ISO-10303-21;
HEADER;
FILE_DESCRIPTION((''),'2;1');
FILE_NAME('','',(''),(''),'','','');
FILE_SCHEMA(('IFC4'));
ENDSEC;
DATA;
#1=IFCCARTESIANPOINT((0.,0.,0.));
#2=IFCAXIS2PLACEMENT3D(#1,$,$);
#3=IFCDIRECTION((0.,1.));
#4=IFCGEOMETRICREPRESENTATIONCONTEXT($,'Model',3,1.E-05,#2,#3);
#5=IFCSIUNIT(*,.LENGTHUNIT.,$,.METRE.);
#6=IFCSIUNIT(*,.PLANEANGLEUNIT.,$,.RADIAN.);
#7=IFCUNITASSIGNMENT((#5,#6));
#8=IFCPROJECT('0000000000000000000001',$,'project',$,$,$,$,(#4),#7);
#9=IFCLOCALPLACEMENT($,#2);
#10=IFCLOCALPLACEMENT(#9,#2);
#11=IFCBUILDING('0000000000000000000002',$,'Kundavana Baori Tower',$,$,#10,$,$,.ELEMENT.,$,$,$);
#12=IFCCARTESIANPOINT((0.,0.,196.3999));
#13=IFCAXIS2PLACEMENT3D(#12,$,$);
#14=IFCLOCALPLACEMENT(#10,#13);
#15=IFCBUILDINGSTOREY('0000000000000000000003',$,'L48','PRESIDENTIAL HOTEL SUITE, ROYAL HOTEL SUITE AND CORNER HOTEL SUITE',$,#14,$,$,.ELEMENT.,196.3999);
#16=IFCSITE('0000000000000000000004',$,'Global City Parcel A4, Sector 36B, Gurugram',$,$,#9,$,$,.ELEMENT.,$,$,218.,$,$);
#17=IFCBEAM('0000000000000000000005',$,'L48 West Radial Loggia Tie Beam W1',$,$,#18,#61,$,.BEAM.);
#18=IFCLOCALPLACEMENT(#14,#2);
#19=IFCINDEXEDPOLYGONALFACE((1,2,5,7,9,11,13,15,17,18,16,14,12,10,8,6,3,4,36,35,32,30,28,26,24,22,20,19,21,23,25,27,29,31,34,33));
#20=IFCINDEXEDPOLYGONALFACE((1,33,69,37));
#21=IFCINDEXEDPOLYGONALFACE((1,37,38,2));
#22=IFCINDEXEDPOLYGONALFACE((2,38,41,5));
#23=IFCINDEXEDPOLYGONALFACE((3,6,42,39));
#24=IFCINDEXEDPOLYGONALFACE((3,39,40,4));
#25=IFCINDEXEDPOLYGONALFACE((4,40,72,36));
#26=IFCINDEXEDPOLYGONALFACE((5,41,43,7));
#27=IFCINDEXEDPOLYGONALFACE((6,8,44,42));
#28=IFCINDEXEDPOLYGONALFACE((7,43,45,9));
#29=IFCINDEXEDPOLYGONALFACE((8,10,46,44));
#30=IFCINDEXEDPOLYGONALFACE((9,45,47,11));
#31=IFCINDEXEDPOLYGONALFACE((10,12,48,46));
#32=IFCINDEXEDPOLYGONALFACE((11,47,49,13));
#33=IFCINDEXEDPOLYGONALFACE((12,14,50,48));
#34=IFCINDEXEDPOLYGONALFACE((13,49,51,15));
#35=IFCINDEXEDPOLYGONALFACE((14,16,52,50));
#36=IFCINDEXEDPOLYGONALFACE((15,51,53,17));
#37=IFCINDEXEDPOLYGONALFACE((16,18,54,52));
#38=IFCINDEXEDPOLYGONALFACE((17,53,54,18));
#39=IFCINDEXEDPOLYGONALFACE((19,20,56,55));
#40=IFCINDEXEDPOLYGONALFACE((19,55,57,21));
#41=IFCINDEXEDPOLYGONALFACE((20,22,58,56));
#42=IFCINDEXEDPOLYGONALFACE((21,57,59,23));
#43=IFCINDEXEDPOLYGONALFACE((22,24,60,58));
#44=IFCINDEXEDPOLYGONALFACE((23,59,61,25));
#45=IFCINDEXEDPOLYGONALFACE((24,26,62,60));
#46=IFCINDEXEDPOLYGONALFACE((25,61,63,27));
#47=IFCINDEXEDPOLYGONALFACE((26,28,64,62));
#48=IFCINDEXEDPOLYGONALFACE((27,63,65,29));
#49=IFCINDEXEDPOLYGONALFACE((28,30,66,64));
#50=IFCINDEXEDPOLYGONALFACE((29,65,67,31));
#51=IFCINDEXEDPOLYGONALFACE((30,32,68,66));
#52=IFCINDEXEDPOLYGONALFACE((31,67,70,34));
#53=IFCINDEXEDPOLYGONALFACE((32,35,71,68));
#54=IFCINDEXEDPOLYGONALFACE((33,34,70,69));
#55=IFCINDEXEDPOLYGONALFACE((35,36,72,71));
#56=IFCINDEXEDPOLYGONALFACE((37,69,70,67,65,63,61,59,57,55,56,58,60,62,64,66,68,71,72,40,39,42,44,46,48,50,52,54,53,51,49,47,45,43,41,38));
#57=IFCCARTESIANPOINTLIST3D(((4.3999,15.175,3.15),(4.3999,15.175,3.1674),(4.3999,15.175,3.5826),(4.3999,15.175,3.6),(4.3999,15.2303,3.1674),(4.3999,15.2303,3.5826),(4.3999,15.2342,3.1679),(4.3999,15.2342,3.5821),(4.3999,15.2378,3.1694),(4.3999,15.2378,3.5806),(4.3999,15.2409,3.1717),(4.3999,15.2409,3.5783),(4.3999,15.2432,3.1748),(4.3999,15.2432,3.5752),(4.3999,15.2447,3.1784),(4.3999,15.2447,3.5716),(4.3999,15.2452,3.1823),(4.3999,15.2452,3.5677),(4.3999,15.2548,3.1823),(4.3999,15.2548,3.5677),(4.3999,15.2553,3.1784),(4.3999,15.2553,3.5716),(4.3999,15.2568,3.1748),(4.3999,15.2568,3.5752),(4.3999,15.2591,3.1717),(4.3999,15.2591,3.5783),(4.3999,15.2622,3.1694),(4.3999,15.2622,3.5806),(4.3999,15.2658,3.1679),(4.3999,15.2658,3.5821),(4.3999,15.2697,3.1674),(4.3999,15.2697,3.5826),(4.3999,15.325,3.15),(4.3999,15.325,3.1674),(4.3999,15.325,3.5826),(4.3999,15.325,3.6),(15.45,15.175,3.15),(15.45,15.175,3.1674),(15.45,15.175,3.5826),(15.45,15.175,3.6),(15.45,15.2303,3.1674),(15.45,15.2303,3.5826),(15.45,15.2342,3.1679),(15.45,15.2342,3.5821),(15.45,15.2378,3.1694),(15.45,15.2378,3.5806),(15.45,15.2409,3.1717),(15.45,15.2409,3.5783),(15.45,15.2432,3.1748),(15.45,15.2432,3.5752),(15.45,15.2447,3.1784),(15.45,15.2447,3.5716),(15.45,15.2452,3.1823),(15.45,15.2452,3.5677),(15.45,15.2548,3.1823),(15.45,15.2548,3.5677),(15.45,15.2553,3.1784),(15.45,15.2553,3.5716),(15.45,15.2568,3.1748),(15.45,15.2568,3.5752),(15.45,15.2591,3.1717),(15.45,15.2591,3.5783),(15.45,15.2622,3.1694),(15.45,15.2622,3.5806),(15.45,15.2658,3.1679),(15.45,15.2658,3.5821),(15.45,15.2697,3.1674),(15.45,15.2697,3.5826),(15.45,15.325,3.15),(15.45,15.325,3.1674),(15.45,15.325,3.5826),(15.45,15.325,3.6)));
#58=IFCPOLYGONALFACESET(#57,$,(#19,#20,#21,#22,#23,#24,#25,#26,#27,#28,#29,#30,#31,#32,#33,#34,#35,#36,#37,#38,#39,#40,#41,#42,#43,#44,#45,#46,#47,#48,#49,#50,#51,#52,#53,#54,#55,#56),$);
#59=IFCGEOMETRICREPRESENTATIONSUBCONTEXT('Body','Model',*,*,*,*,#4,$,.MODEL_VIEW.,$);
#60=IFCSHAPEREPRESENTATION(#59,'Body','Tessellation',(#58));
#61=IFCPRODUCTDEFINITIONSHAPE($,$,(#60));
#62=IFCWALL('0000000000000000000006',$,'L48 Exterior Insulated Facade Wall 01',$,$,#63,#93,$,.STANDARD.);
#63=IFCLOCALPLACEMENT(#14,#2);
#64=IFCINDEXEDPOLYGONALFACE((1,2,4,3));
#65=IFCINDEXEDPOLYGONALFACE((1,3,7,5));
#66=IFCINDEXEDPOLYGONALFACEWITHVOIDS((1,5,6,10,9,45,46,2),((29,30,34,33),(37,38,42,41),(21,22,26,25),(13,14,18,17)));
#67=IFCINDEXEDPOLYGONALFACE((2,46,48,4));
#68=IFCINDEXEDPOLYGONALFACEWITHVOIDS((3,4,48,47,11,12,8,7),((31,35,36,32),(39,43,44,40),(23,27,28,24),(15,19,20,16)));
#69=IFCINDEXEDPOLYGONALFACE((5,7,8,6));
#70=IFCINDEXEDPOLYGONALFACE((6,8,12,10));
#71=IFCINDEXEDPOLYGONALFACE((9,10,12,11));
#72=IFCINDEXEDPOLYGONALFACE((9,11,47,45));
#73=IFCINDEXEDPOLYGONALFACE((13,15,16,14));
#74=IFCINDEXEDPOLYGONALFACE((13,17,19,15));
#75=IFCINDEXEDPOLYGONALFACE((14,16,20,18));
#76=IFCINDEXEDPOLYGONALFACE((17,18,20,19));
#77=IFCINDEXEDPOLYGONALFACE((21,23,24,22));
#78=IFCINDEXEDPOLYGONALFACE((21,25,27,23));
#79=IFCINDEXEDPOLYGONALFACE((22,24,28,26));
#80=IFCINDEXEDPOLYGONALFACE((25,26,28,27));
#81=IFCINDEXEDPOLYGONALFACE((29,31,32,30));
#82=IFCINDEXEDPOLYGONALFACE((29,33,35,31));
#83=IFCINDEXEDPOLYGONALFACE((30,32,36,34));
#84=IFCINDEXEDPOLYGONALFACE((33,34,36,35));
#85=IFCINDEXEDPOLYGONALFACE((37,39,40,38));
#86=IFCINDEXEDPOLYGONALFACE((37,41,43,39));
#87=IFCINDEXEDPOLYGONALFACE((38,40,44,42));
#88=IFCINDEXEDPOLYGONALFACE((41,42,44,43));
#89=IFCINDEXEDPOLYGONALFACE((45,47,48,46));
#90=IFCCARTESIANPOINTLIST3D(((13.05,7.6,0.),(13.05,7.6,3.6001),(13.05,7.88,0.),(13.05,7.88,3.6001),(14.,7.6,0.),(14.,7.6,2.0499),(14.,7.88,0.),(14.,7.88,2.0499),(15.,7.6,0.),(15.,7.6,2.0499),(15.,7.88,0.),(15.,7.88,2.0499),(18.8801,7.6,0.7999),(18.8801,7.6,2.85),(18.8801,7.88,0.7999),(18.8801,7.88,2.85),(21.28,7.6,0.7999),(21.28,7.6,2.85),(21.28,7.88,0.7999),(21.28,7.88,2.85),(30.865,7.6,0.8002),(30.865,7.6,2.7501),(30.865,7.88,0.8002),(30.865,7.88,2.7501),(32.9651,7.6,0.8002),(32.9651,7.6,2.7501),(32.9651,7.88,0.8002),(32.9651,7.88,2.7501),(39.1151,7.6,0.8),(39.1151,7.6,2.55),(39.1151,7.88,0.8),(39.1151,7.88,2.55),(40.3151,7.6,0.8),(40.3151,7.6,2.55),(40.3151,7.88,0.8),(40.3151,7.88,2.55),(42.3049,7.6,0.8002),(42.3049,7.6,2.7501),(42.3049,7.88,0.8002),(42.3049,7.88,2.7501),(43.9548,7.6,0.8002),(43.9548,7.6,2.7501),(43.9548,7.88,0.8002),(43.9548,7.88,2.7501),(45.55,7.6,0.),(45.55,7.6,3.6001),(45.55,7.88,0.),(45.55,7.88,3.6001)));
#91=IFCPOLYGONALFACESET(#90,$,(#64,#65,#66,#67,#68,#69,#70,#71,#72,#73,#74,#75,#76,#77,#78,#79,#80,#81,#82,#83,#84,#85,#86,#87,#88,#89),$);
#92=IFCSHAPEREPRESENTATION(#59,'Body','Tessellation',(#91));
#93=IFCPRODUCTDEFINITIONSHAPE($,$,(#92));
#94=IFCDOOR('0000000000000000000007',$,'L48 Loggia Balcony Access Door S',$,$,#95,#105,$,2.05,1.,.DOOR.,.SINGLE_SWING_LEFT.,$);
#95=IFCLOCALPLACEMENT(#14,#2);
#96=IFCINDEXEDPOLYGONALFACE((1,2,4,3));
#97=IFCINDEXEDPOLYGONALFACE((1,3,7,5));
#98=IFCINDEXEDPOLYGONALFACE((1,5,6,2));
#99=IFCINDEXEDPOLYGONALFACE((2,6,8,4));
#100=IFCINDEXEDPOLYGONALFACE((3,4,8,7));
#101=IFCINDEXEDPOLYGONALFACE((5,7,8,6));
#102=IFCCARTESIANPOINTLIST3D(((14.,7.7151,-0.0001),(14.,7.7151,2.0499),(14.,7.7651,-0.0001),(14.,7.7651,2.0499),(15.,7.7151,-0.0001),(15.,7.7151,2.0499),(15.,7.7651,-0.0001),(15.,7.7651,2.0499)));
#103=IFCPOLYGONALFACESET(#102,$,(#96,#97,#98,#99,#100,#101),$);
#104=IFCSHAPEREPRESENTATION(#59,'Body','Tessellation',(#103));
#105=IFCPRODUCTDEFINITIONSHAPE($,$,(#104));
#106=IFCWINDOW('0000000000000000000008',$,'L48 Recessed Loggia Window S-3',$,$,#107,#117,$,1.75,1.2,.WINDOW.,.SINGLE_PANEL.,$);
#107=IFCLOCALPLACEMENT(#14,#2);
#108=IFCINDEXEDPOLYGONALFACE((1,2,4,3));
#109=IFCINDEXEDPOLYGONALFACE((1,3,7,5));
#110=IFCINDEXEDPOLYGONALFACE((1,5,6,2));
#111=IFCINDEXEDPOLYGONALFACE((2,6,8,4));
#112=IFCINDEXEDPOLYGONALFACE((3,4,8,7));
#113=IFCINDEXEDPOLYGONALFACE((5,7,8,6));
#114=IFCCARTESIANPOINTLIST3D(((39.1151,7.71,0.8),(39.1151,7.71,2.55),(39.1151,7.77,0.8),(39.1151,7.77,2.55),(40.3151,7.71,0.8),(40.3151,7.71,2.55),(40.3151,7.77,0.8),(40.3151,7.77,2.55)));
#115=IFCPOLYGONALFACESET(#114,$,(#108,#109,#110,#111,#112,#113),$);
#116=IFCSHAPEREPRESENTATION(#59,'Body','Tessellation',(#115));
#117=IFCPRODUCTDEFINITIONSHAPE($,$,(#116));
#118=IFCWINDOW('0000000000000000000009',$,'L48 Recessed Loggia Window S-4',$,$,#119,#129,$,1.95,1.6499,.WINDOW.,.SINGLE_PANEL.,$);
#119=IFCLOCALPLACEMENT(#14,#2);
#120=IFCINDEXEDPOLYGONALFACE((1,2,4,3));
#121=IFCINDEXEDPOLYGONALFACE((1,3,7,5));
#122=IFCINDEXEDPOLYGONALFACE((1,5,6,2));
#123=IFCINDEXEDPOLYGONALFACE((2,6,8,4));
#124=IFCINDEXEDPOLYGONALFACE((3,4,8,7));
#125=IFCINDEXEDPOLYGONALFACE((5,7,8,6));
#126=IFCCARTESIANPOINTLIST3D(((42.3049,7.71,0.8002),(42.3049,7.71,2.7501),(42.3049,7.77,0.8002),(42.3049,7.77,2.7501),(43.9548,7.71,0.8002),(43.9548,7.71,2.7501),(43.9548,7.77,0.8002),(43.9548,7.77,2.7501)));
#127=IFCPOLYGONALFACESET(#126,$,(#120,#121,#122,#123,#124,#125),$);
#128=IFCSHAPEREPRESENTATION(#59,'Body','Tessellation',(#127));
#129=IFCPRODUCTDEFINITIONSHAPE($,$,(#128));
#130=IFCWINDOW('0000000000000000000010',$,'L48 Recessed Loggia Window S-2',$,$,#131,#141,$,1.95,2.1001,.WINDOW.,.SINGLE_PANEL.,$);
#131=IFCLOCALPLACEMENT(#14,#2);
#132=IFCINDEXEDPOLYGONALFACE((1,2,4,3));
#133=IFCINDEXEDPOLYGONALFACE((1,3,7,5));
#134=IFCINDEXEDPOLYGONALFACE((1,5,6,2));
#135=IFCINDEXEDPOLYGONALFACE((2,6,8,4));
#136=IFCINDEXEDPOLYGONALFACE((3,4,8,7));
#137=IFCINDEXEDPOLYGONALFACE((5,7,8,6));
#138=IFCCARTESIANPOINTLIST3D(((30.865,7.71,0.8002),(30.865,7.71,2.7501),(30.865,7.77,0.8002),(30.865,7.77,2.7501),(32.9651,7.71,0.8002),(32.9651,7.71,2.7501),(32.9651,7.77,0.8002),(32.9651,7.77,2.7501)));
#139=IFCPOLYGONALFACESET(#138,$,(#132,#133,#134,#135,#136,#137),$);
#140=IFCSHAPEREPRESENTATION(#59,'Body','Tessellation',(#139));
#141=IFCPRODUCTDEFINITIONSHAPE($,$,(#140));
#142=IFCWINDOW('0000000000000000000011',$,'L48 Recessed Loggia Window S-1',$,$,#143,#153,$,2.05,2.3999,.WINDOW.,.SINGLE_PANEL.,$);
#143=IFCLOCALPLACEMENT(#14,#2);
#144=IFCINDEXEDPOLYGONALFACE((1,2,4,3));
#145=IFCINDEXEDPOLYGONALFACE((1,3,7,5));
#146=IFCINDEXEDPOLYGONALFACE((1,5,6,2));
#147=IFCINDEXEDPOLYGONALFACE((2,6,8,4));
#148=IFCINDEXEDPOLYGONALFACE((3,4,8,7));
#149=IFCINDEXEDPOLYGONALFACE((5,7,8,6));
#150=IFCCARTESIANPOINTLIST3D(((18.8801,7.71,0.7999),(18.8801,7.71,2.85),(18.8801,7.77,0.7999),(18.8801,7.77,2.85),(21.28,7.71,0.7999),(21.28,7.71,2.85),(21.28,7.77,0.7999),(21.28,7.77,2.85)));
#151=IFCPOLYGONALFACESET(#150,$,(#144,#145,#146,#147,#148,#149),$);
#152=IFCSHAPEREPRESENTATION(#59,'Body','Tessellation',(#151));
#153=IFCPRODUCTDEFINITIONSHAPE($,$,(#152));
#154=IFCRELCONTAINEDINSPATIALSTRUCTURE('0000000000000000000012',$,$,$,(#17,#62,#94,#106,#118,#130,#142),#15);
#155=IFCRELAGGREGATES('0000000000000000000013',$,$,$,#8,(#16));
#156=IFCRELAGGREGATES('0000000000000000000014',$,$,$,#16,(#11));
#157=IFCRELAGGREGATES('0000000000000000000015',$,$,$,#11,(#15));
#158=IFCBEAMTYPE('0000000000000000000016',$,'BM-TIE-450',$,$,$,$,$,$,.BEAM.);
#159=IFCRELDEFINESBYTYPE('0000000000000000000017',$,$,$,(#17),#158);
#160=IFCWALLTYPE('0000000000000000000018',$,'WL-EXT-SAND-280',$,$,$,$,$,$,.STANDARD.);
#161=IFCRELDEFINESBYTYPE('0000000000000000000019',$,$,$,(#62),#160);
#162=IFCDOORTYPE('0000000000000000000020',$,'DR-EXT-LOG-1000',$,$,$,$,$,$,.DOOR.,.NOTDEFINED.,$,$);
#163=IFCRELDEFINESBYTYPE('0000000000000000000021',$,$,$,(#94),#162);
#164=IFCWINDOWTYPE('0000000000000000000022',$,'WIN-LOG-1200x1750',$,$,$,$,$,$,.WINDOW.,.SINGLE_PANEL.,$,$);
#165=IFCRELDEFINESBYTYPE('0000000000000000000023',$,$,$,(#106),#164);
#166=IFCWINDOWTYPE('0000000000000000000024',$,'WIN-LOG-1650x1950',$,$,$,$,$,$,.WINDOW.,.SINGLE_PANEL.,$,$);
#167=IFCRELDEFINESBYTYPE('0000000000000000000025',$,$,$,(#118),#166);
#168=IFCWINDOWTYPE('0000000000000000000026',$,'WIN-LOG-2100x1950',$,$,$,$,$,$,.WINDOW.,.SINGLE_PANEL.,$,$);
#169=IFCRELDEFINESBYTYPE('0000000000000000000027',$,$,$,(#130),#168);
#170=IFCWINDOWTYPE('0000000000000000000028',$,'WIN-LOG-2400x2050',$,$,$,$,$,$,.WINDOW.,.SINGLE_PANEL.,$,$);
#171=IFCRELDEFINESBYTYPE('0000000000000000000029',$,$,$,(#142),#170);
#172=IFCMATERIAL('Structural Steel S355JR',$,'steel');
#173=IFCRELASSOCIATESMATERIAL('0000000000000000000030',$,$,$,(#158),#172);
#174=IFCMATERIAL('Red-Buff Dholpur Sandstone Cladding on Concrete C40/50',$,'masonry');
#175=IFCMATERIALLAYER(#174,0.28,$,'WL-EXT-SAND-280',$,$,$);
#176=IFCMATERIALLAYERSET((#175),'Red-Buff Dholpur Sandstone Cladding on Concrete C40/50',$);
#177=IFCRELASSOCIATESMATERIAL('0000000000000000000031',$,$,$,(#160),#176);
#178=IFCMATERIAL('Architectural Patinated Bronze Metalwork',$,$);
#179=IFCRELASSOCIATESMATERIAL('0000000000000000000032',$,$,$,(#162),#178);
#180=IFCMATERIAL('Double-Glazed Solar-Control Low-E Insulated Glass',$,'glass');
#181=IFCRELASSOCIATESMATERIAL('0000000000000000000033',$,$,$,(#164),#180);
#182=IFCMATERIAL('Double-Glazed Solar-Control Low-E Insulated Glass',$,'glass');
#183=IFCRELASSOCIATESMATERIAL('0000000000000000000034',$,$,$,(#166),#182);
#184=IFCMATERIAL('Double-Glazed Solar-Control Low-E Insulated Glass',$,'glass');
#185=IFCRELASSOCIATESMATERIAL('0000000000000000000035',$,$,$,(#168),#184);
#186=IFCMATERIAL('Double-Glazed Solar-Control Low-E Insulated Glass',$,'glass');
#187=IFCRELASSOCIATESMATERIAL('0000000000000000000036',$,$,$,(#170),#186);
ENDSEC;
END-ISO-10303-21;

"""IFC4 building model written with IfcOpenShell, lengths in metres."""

from ifc_helpers import new_model, si_unit, direction, frame, frame_2d, origin, origin_2d, place, context, subcontext, project, spatial, rectangle, i_section, extrude, material, layer, layer_set, material_profile, profile_set, type_object, element, fill, save


model = new_model("IFC4")

# Units and contexts
model_context = context("Model", 3, precision=1e-05, world=origin(), true_north=direction((0.0, 1.0)))
body_context = subcontext(model_context, "Body", "Model", "MODEL_VIEW")
ifc_project = project(units=[si_unit("LENGTHUNIT", "METRE"), si_unit("PLANEANGLEUNIT", "RADIAN")], contexts=[model_context])

# Site, building, storey
site_placement = place(None, origin())
site = spatial("IfcSite", under=ifc_project, at=site_placement, Name="Global City Parcel A4, Sector 36B, Gurugram", CompositionType="ELEMENT", RefElevation=218.0)
building_placement = place(site_placement, origin())
building = spatial("IfcBuilding", under=site, at=building_placement, Name="Kundavana Baori Tower", CompositionType="ELEMENT")
storey_placement = place(building_placement, frame((0.0, 0.0, 196.3999)))
storey = spatial("IfcBuildingStorey", under=building, at=storey_placement, Name="L48", Description="PRESIDENTIAL HOTEL SUITE, ROYAL HOTEL SUITE AND CORNER HOTEL SUITE", CompositionType="ELEMENT", Elevation=196.3999)

# Beam
ifc_material_1 = material(Name="Structural Steel S355JR", Category="steel")
ifc_material_profile_1 = material_profile(ifc_material_1, i_section(OverallWidth=0.1499, OverallDepth=0.45, WebThickness=0.0095, FlangeThickness=0.0173, FilletRadius=0.0149, at=origin_2d()), Name="ISMB 450")
ifc_profile_set_1 = profile_set([ifc_material_profile_1], Name="Structural Steel S355JR")
beam_type_1 = type_object("IfcBeamType", Name="BM-TIE-450", PredefinedType="BEAM", material=ifc_profile_set_1)
for number, where, z_axis, x_axis, name in (
    (1, (15.45, 15.25, 3.375), (-1.0, 0.0, 0.0), (0.0, -1.0, 0.0), "L48 West Radial Loggia Tie Beam W1"),
):
    element("IfcBeam", number, at=place(storey_placement, frame(where, z_axis=z_axis, x_axis=x_axis)), inside=storey, type_object=beam_type_1, Name=name, PredefinedType="BEAM", context=body_context, shape_type="SweptSolid", body=[
        extrude(i_section(OverallWidth=0.1499, OverallDepth=0.45, WebThickness=0.0095, FlangeThickness=0.0173, FilletRadius=0.0149, at=origin_2d()), origin(), (0.0, 0.0, 1.0), 11.05),
    ])

# Wall, openings, door, windows
ifc_material_2 = material(Name="Red-Buff Dholpur Sandstone Cladding on Concrete C40/50", Category="masonry")
ifc_layer_1 = layer(ifc_material_2, 0.28, Name="WL-EXT-SAND-280")
ifc_layer_set_1 = layer_set([ifc_layer_1], Name="Red-Buff Dholpur Sandstone Cladding on Concrete C40/50")
wall_type_1 = type_object("IfcWallType", Name="WL-EXT-SAND-280", PredefinedType="STANDARD", material=ifc_layer_set_1)
wall_1_placement = place(storey_placement, frame((13.05, 7.74, 0.0), z_axis=(0.0, 0.0, 1.0), x_axis=(1.0, 0.0, 0.0)))
wall_1 = element("IfcWall", 2, at=wall_1_placement, inside=storey, type_object=wall_type_1, Name="L48 Exterior Insulated Facade Wall 01", PredefinedType="STANDARD", context=body_context, shape_type="SweptSolid", body=[
    extrude(rectangle(XDim=32.5, YDim=0.28, at=frame_2d((16.25, 0.0))), origin(), (0.0, 0.0, 1.0), 3.6001),
])
opening_1_placement = place(wall_1_placement, frame((0.95, 0.0, 0.0)))
opening_1 = element("IfcOpeningElement", 3, at=opening_1_placement, cuts=wall_1, PredefinedType="OPENING", context=body_context, shape_type="SweptSolid", body=[
    extrude(rectangle(XDim=1.0, YDim=2.05, at=frame_2d((0.5, 1.0249))), frame((0.0, 0.1499, 0.0), z_axis=(0.0, -1.0, 0.0), x_axis=(1.0, 0.0, 0.0)), (0.0, 0.0, 1.0), 0.3),
])
opening_2_placement = place(wall_1_placement, frame((5.8301, 0.0, 0.8)))
opening_2 = element("IfcOpeningElement", 4, at=opening_2_placement, cuts=wall_1, PredefinedType="OPENING", context=body_context, shape_type="SweptSolid", body=[
    extrude(rectangle(XDim=2.3999, YDim=2.05, at=frame_2d((1.2, 1.0249))), frame((0.0, 0.1499, 0.0), z_axis=(0.0, -1.0, 0.0), x_axis=(1.0, 0.0, 0.0)), (0.0, 0.0, 1.0), 0.3),
])
opening_3_placement = place(wall_1_placement, frame((17.8149, 0.0, 0.8)))
opening_3 = element("IfcOpeningElement", 5, at=opening_3_placement, cuts=wall_1, PredefinedType="OPENING", context=body_context, shape_type="SweptSolid", body=[
    extrude(rectangle(XDim=2.1001, YDim=1.95, at=frame_2d((1.05, 0.9751))), frame((0.0, 0.1499, 0.0), z_axis=(0.0, -1.0, 0.0), x_axis=(1.0, 0.0, 0.0)), (0.0, 0.0, 1.0), 0.3),
])
opening_4_placement = place(wall_1_placement, frame((26.0649, 0.0, 0.8)))
opening_4 = element("IfcOpeningElement", 6, at=opening_4_placement, cuts=wall_1, PredefinedType="OPENING", context=body_context, shape_type="SweptSolid", body=[
    extrude(rectangle(XDim=1.2, YDim=1.75, at=frame_2d((0.6001, 0.875))), frame((0.0, 0.1499, 0.0), z_axis=(0.0, -1.0, 0.0), x_axis=(1.0, 0.0, 0.0)), (0.0, 0.0, 1.0), 0.3),
])
opening_5_placement = place(wall_1_placement, frame((29.2549, 0.0, 0.8)))
opening_5 = element("IfcOpeningElement", 7, at=opening_5_placement, cuts=wall_1, PredefinedType="OPENING", context=body_context, shape_type="SweptSolid", body=[
    extrude(rectangle(XDim=1.6499, YDim=1.95, at=frame_2d((0.825, 0.9751))), frame((0.0, 0.1499, 0.0), z_axis=(0.0, -1.0, 0.0), x_axis=(1.0, 0.0, 0.0)), (0.0, 0.0, 1.0), 0.3),
])
ifc_material_3 = material(Name="Architectural Patinated Bronze Metalwork")
door_type_1 = type_object("IfcDoorType", Name="DR-EXT-LOG-1000", OperationType="NOTDEFINED", PredefinedType="DOOR", material=ifc_material_3)
door_1_placement = place(opening_1_placement, frame((1.0, 0.0, 0.0), z_axis=(0.0, 0.0, 1.0), x_axis=(-1.0, 0.0, 0.0)))
door_1 = element("IfcDoor", 8, at=door_1_placement, inside=storey, type_object=door_type_1, Name="L48 Loggia Balcony Access Door S", OperationType="SINGLE_SWING_LEFT", OverallHeight=2.05, OverallWidth=1.0, PredefinedType="DOOR", context=body_context, shape_type="SweptSolid", body=[
    extrude(rectangle(XDim=1.0, YDim=2.05, at=frame_2d((0.5, 1.0249))), frame((0.0, 0.0249, 0.0), z_axis=(0.0, -1.0, 0.0), x_axis=(1.0, 0.0, 0.0)), (0.0, 0.0, 1.0), 0.05),
])
fill(opening_1, door_1)
ifc_material_4 = material(Name="Double-Glazed Solar-Control Low-E Insulated Glass", Category="glass")
window_type_1 = type_object("IfcWindowType", Name="WIN-LOG-1200x1750", PartitioningType="SINGLE_PANEL", PredefinedType="WINDOW", material=ifc_material_4)
window_1_placement = place(opening_4_placement, origin())
window_1 = element("IfcWindow", 9, at=window_1_placement, inside=storey, type_object=window_type_1, Name="L48 Recessed Loggia Window S-3", OverallHeight=1.75, OverallWidth=1.2, PartitioningType="SINGLE_PANEL", PredefinedType="WINDOW", context=body_context, shape_type="SweptSolid", body=[
    extrude(rectangle(XDim=1.2, YDim=1.75, at=frame_2d((0.6001, 0.875))), frame((0.0, 0.03, 0.0), z_axis=(0.0, -1.0, 0.0), x_axis=(1.0, 0.0, 0.0)), (0.0, 0.0, 1.0), 0.0601),
])
fill(opening_4, window_1)
ifc_material_5 = material(Name="Double-Glazed Solar-Control Low-E Insulated Glass", Category="glass")
window_type_2 = type_object("IfcWindowType", Name="WIN-LOG-1650x1950", PartitioningType="SINGLE_PANEL", PredefinedType="WINDOW", material=ifc_material_5)
window_2_placement = place(opening_5_placement, origin())
window_2 = element("IfcWindow", 10, at=window_2_placement, inside=storey, type_object=window_type_2, Name="L48 Recessed Loggia Window S-4", OverallHeight=1.95, OverallWidth=1.6499, PartitioningType="SINGLE_PANEL", PredefinedType="WINDOW", context=body_context, shape_type="SweptSolid", body=[
    extrude(rectangle(XDim=1.6499, YDim=1.95, at=frame_2d((0.825, 0.9751))), frame((0.0, 0.03, 0.0), z_axis=(0.0, -1.0, 0.0), x_axis=(1.0, 0.0, 0.0)), (0.0, 0.0, 1.0), 0.0601),
])
fill(opening_5, window_2)
ifc_material_6 = material(Name="Double-Glazed Solar-Control Low-E Insulated Glass", Category="glass")
window_type_3 = type_object("IfcWindowType", Name="WIN-LOG-2100x1950", PartitioningType="SINGLE_PANEL", PredefinedType="WINDOW", material=ifc_material_6)
window_3_placement = place(opening_3_placement, origin())
window_3 = element("IfcWindow", 11, at=window_3_placement, inside=storey, type_object=window_type_3, Name="L48 Recessed Loggia Window S-2", OverallHeight=1.95, OverallWidth=2.1001, PartitioningType="SINGLE_PANEL", PredefinedType="WINDOW", context=body_context, shape_type="SweptSolid", body=[
    extrude(rectangle(XDim=2.1001, YDim=1.95, at=frame_2d((1.05, 0.9751))), frame((0.0, 0.03, 0.0), z_axis=(0.0, -1.0, 0.0), x_axis=(1.0, 0.0, 0.0)), (0.0, 0.0, 1.0), 0.0601),
])
fill(opening_3, window_3)
ifc_material_7 = material(Name="Double-Glazed Solar-Control Low-E Insulated Glass", Category="glass")
window_type_4 = type_object("IfcWindowType", Name="WIN-LOG-2400x2050", PartitioningType="SINGLE_PANEL", PredefinedType="WINDOW", material=ifc_material_7)
window_4_placement = place(opening_2_placement, origin())
window_4 = element("IfcWindow", 12, at=window_4_placement, inside=storey, type_object=window_type_4, Name="L48 Recessed Loggia Window S-1", OverallHeight=2.05, OverallWidth=2.3999, PartitioningType="SINGLE_PANEL", PredefinedType="WINDOW", context=body_context, shape_type="SweptSolid", body=[
    extrude(rectangle(XDim=2.3999, YDim=2.05, at=frame_2d((1.2, 1.0249))), frame((0.0, 0.03, 0.0), z_axis=(0.0, -1.0, 0.0), x_axis=(1.0, 0.0, 0.0)), (0.0, 0.0, 1.0), 0.0601),
])
fill(opening_2, window_4)

save(model, "model.ifc")
